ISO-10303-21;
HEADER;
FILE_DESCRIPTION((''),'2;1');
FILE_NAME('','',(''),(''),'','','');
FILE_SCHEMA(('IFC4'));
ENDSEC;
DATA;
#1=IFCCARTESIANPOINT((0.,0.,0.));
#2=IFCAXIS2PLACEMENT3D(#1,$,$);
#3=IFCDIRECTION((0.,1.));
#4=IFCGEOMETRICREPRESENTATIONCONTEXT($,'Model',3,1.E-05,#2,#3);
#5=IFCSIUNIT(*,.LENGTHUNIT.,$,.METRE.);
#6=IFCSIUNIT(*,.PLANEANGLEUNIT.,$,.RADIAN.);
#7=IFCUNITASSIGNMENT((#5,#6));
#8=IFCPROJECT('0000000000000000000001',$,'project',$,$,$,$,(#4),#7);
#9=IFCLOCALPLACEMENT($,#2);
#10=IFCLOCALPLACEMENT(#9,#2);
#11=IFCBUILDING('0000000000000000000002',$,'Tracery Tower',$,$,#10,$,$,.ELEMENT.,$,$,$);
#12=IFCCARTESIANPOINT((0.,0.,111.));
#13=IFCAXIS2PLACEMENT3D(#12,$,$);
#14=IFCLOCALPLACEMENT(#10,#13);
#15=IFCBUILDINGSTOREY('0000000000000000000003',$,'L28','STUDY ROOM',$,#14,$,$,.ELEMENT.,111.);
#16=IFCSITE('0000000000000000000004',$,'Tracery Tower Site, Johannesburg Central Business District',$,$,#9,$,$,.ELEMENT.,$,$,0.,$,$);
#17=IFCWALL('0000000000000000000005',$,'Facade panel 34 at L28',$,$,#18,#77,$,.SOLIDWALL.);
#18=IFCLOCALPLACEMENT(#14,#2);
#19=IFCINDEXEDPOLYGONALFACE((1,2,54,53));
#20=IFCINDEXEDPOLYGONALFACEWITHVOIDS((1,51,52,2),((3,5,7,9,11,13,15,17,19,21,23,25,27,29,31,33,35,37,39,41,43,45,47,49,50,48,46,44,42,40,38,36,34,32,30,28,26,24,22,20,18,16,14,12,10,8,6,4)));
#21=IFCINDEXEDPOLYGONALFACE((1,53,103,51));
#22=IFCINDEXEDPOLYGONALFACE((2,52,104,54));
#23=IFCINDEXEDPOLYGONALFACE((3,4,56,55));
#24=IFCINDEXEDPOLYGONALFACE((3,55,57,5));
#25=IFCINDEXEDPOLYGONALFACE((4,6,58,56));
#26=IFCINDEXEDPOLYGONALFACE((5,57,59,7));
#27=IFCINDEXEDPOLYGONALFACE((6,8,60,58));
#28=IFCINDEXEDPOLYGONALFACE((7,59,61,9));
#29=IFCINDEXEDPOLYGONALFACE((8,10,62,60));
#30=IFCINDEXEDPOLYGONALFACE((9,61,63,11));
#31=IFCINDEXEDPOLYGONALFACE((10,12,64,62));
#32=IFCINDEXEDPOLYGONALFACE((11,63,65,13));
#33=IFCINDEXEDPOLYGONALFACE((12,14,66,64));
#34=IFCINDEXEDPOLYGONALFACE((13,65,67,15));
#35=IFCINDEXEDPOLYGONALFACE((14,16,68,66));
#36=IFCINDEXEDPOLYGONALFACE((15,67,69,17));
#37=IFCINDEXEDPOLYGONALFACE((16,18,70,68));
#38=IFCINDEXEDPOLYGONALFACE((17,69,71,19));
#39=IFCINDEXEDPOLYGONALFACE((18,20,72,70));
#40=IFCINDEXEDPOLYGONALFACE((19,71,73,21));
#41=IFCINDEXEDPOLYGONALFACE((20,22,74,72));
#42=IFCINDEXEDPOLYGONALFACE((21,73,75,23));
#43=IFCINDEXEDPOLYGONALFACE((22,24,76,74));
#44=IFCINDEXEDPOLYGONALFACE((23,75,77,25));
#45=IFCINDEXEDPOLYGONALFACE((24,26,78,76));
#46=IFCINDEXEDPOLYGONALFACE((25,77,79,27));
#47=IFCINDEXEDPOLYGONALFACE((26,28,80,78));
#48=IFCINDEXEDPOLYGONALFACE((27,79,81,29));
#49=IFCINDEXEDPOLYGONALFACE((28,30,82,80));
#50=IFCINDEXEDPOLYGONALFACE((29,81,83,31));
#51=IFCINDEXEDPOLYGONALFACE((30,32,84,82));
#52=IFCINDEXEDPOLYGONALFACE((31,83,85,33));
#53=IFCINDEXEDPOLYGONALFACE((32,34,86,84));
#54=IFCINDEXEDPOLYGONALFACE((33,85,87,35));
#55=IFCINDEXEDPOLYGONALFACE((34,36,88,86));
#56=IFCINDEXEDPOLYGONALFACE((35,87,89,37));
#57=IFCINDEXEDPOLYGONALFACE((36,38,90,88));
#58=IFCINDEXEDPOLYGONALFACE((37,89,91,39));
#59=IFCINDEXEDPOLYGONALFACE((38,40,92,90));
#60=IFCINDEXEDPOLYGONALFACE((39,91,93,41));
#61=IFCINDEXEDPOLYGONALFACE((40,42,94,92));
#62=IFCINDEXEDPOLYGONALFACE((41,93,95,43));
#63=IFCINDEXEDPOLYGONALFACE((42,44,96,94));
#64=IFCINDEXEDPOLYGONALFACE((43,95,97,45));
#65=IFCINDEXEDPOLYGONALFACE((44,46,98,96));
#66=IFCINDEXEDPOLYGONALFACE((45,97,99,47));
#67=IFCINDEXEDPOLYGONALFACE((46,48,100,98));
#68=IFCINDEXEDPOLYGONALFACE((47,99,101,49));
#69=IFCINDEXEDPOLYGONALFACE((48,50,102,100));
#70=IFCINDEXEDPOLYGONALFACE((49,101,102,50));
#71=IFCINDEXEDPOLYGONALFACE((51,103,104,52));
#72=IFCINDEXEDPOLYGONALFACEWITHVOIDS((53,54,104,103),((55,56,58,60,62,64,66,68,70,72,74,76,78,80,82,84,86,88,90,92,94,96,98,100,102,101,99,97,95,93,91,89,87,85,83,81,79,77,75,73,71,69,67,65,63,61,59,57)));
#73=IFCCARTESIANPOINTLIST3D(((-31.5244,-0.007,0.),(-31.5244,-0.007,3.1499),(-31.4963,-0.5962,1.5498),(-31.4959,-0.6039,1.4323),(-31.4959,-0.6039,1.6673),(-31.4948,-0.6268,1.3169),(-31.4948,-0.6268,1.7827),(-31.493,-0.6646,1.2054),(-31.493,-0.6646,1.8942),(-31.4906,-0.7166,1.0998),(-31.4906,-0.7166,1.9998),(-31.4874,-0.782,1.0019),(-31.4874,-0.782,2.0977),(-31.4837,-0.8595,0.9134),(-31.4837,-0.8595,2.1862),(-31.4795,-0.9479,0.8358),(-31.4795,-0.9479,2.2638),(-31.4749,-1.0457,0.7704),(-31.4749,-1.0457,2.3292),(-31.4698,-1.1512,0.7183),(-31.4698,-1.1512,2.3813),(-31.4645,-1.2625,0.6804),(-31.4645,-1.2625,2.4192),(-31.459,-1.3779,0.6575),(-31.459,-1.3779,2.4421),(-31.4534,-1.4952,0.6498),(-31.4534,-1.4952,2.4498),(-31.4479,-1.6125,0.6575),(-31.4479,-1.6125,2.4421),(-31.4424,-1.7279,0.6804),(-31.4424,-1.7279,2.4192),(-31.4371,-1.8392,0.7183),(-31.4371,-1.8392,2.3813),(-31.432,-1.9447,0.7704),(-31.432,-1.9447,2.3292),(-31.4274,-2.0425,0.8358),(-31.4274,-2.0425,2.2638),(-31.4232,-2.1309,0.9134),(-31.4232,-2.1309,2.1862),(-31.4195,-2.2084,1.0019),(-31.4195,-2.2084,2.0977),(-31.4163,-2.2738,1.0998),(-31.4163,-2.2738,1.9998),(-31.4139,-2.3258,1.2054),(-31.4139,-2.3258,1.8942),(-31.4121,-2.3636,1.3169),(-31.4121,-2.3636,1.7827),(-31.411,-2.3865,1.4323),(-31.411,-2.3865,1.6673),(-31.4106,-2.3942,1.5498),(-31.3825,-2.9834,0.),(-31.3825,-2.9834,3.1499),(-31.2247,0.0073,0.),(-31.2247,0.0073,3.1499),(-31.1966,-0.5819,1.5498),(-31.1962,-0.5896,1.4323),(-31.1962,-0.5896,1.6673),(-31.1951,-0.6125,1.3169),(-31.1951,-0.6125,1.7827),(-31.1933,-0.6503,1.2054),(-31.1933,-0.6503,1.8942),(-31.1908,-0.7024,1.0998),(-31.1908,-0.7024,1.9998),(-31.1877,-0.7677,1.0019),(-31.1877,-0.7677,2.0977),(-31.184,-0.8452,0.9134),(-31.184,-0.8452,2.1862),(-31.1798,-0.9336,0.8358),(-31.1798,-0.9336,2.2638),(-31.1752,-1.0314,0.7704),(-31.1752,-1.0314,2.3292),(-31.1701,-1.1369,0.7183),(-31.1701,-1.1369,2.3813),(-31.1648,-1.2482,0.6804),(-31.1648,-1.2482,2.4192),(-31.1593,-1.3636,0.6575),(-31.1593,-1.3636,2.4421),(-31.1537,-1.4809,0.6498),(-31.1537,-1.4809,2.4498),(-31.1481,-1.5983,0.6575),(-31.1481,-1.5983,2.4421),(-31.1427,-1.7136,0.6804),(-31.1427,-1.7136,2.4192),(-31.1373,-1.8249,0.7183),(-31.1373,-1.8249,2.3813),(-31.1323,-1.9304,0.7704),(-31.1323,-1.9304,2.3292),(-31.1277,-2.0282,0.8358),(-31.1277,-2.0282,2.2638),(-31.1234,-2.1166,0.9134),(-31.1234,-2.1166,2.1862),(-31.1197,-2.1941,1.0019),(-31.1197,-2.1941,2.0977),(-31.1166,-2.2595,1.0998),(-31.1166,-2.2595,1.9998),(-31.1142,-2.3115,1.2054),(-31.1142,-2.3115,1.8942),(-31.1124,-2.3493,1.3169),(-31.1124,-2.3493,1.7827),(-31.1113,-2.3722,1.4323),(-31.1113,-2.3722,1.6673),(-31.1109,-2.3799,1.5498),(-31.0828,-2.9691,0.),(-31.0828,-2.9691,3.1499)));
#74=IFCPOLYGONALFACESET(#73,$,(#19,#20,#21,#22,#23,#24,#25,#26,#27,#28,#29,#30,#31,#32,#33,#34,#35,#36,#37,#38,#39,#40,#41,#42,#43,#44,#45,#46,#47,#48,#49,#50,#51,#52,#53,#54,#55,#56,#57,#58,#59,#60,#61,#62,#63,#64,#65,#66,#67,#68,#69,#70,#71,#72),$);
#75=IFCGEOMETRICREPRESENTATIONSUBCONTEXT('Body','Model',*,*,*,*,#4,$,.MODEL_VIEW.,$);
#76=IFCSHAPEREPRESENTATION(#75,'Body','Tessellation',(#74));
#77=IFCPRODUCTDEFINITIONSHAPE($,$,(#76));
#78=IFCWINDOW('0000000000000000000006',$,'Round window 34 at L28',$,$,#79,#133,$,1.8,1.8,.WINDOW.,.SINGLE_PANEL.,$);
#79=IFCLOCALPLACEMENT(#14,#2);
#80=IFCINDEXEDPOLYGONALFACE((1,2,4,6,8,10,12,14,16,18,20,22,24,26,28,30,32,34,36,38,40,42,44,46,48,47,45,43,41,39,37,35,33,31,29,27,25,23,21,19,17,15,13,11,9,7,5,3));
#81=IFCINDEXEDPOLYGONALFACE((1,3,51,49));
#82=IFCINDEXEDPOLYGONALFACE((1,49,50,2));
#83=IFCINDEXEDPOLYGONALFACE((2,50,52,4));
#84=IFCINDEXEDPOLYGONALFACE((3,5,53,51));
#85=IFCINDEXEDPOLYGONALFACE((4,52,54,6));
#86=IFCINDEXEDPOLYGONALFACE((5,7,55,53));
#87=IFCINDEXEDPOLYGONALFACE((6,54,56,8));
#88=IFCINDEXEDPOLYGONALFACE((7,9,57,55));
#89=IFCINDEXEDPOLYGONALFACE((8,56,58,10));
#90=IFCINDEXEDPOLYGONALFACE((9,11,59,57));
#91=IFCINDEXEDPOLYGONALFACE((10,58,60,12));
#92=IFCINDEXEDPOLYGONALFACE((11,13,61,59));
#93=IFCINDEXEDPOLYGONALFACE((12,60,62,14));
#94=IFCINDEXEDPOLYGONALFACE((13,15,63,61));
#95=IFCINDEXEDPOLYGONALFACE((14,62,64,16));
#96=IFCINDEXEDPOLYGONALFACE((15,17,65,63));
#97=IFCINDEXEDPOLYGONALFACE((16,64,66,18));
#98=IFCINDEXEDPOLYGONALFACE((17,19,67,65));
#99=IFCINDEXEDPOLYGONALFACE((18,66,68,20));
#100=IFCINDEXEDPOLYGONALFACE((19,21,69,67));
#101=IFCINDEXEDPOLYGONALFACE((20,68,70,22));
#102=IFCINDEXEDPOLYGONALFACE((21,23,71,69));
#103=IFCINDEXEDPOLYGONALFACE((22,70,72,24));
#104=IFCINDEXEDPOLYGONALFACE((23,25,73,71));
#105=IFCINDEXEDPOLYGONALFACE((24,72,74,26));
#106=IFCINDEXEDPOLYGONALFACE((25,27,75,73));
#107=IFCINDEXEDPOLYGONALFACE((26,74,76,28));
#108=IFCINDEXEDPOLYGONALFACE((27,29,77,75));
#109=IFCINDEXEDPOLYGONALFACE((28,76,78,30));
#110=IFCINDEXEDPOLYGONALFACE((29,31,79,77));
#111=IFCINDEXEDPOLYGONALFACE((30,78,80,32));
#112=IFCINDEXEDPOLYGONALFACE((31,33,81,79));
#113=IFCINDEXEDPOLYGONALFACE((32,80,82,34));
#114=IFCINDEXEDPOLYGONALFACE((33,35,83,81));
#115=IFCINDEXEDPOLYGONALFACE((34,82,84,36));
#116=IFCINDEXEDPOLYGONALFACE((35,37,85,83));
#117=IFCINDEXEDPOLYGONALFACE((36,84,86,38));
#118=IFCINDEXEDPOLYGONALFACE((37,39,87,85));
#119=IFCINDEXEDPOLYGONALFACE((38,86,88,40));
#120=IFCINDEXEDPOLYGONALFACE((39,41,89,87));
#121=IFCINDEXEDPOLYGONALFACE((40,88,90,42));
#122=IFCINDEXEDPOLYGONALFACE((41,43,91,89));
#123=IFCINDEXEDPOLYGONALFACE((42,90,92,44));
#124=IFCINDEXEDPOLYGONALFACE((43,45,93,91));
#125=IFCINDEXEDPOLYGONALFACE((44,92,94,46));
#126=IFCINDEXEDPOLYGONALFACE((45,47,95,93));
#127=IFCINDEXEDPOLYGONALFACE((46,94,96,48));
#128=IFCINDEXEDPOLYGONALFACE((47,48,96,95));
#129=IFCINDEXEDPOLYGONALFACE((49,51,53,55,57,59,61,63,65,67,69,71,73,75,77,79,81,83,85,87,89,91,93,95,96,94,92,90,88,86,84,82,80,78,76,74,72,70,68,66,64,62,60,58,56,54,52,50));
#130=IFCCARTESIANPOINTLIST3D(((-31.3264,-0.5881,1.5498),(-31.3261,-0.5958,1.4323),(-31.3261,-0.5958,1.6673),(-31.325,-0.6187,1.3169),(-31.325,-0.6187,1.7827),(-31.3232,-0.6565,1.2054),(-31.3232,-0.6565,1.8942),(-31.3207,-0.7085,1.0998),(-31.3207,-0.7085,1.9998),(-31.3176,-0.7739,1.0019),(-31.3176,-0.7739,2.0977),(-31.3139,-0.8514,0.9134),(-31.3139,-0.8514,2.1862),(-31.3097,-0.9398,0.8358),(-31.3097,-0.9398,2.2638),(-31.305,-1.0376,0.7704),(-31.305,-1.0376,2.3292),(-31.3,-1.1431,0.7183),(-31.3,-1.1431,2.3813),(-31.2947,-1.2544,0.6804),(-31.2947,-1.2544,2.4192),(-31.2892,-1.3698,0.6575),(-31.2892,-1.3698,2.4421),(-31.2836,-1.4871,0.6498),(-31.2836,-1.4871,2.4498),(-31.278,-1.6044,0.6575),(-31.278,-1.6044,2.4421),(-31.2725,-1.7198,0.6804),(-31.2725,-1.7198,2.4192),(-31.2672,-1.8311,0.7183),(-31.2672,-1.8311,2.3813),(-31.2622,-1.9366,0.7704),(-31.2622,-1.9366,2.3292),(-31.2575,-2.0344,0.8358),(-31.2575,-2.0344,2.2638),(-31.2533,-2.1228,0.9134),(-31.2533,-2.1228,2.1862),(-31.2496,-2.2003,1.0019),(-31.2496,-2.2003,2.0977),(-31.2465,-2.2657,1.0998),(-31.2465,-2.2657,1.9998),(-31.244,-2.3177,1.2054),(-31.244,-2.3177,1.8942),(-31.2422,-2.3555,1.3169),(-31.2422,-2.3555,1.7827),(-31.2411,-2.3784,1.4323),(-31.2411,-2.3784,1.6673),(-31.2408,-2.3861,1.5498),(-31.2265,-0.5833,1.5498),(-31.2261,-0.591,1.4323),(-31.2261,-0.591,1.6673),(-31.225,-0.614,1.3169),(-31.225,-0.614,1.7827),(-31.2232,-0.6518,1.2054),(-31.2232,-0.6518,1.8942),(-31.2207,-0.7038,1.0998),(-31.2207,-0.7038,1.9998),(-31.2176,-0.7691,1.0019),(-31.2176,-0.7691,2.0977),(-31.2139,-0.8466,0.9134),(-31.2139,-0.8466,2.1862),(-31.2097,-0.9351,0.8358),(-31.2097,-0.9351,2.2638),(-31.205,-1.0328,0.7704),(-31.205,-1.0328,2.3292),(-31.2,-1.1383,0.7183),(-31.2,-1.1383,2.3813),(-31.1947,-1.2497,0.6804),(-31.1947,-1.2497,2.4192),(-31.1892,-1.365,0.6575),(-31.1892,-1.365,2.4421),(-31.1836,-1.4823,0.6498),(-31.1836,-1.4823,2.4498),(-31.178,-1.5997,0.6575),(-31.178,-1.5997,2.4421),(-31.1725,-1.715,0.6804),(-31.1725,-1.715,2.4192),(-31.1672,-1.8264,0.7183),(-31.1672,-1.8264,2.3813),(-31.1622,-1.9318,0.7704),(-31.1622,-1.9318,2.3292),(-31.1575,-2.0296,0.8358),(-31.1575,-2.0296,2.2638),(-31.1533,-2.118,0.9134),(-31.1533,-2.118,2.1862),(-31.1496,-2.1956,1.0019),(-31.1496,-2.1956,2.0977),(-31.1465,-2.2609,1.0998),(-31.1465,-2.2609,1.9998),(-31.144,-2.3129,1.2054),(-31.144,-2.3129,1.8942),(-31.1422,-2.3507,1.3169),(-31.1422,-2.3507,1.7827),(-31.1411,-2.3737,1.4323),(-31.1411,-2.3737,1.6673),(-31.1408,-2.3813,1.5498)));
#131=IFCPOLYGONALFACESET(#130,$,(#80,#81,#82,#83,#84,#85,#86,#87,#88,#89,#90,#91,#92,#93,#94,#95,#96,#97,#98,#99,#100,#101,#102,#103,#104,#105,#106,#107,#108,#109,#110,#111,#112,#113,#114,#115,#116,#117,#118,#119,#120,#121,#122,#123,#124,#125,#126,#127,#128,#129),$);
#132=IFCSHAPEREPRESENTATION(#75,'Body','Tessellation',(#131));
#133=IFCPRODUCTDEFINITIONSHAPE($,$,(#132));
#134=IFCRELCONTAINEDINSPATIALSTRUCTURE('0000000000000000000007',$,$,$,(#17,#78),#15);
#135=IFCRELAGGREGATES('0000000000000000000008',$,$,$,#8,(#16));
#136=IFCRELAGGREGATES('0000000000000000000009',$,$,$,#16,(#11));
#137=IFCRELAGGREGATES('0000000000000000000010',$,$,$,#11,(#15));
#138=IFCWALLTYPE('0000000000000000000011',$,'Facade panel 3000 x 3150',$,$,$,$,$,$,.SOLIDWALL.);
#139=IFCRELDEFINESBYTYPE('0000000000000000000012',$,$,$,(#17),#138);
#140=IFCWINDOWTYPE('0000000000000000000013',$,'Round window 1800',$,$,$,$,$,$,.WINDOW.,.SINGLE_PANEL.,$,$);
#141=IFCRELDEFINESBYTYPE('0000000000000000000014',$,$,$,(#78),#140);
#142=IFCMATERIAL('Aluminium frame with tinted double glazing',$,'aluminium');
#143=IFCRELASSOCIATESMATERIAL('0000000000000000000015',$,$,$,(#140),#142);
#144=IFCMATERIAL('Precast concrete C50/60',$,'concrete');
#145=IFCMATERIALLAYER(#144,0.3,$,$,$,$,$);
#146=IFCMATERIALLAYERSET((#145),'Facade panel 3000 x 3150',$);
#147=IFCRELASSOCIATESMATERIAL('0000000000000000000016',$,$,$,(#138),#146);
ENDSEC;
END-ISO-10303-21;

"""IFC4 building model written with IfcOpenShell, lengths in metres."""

from ifc_helpers import new_model, si_unit, direction, frame, frame_2d, origin, origin_2d, place, context, subcontext, project, spatial, rectangle, circle, extrude, material, layer, layer_set, type_object, element, fill, save


model = new_model("IFC4")

# Units and contexts
model_context = context("Model", 3, precision=1e-05, world=origin(), true_north=direction((0.0, 1.0)))
body_context = subcontext(model_context, "Body", "Model", "MODEL_VIEW")
ifc_project = project(units=[si_unit("LENGTHUNIT", "METRE"), si_unit("PLANEANGLEUNIT", "RADIAN")], contexts=[model_context])

# Site, building, storey
site_placement = place(None, origin())
site = spatial("IfcSite", under=ifc_project, at=site_placement, Name="Tracery Tower Site, Johannesburg Central Business District", CompositionType="ELEMENT", RefElevation=0.0)
building_placement = place(site_placement, origin())
building = spatial("IfcBuilding", under=site, at=building_placement, Name="Tracery Tower", CompositionType="ELEMENT")
storey_placement = place(building_placement, frame((0.0, 0.0, 111.0)))
storey = spatial("IfcBuildingStorey", under=building, at=storey_placement, Name="L28", Description="STUDY ROOM", CompositionType="ELEMENT", Elevation=111.0)

# Wall, opening, window
ifc_material_1 = material(Name="Aluminium frame with tinted double glazing", Category="aluminium")
window_type = type_object("IfcWindowType", Name="Round window 1800", PartitioningType="SINGLE_PANEL", PredefinedType="WINDOW", material=ifc_material_1)
ifc_material_2 = material(Name="Precast concrete C50/60", Category="concrete")
ifc_layer_1 = layer(ifc_material_2, 0.3)
ifc_layer_set_1 = layer_set([ifc_layer_1], Name="Facade panel 3000 x 3150")
wall_type_1 = type_object("IfcWallType", Name="Facade panel 3000 x 3150", PredefinedType="SOLIDWALL", material=ifc_layer_set_1)
wall_1_placement = place(storey_placement, frame((-31.3745, 0.0, 0.0), z_axis=(0.0, 0.0, 1.0), x_axis=(0.047604, -0.998866, 0.0)))
wall_1 = element("IfcWall", 1, at=wall_1_placement, inside=storey, type_object=wall_type_1, Name="Facade panel 34 at L28", PredefinedType="SOLIDWALL", context=body_context, shape_type="SweptSolid", body=[
    extrude(rectangle(XDim=2.9797, YDim=0.3, at=frame_2d((1.4897, 0.0))), origin(), (0.0, 0.0, 1.0), 3.1499),
])
opening_1_placement = place(wall_1_placement, frame((1.4897, 0.0, 1.5498)))
opening_1 = element("IfcOpeningElement", 2, at=opening_1_placement, cuts=wall_1, PredefinedType="OPENING", context=body_context, shape_type="SweptSolid", body=[
    extrude(circle(Radius=0.9, at=origin_2d()), frame((0.0, 0.1599, 0.0), z_axis=(0.0, -1.0, 0.0), x_axis=(1.0, 0.0, 0.0)), (0.0, 0.0, 1.0), 0.3201),
])
window_1_placement = place(opening_1_placement, origin())
window_1 = element("IfcWindow", 3, at=window_1_placement, inside=storey, type_object=window_type, Name="Round window 34 at L28", OverallHeight=1.8, OverallWidth=1.8, PartitioningType="SINGLE_PANEL", PredefinedType="WINDOW", context=body_context, shape_type="SweptSolid", body=[
    extrude(circle(Radius=0.9, at=origin_2d()), frame((0.0, 0.1201, 0.0), z_axis=(0.0, -1.0, 0.0), x_axis=(1.0, 0.0, 0.0)), (0.0, 0.0, 1.0), 0.1001),
])
fill(opening_1, window_1)

save(model, "model.ifc")
